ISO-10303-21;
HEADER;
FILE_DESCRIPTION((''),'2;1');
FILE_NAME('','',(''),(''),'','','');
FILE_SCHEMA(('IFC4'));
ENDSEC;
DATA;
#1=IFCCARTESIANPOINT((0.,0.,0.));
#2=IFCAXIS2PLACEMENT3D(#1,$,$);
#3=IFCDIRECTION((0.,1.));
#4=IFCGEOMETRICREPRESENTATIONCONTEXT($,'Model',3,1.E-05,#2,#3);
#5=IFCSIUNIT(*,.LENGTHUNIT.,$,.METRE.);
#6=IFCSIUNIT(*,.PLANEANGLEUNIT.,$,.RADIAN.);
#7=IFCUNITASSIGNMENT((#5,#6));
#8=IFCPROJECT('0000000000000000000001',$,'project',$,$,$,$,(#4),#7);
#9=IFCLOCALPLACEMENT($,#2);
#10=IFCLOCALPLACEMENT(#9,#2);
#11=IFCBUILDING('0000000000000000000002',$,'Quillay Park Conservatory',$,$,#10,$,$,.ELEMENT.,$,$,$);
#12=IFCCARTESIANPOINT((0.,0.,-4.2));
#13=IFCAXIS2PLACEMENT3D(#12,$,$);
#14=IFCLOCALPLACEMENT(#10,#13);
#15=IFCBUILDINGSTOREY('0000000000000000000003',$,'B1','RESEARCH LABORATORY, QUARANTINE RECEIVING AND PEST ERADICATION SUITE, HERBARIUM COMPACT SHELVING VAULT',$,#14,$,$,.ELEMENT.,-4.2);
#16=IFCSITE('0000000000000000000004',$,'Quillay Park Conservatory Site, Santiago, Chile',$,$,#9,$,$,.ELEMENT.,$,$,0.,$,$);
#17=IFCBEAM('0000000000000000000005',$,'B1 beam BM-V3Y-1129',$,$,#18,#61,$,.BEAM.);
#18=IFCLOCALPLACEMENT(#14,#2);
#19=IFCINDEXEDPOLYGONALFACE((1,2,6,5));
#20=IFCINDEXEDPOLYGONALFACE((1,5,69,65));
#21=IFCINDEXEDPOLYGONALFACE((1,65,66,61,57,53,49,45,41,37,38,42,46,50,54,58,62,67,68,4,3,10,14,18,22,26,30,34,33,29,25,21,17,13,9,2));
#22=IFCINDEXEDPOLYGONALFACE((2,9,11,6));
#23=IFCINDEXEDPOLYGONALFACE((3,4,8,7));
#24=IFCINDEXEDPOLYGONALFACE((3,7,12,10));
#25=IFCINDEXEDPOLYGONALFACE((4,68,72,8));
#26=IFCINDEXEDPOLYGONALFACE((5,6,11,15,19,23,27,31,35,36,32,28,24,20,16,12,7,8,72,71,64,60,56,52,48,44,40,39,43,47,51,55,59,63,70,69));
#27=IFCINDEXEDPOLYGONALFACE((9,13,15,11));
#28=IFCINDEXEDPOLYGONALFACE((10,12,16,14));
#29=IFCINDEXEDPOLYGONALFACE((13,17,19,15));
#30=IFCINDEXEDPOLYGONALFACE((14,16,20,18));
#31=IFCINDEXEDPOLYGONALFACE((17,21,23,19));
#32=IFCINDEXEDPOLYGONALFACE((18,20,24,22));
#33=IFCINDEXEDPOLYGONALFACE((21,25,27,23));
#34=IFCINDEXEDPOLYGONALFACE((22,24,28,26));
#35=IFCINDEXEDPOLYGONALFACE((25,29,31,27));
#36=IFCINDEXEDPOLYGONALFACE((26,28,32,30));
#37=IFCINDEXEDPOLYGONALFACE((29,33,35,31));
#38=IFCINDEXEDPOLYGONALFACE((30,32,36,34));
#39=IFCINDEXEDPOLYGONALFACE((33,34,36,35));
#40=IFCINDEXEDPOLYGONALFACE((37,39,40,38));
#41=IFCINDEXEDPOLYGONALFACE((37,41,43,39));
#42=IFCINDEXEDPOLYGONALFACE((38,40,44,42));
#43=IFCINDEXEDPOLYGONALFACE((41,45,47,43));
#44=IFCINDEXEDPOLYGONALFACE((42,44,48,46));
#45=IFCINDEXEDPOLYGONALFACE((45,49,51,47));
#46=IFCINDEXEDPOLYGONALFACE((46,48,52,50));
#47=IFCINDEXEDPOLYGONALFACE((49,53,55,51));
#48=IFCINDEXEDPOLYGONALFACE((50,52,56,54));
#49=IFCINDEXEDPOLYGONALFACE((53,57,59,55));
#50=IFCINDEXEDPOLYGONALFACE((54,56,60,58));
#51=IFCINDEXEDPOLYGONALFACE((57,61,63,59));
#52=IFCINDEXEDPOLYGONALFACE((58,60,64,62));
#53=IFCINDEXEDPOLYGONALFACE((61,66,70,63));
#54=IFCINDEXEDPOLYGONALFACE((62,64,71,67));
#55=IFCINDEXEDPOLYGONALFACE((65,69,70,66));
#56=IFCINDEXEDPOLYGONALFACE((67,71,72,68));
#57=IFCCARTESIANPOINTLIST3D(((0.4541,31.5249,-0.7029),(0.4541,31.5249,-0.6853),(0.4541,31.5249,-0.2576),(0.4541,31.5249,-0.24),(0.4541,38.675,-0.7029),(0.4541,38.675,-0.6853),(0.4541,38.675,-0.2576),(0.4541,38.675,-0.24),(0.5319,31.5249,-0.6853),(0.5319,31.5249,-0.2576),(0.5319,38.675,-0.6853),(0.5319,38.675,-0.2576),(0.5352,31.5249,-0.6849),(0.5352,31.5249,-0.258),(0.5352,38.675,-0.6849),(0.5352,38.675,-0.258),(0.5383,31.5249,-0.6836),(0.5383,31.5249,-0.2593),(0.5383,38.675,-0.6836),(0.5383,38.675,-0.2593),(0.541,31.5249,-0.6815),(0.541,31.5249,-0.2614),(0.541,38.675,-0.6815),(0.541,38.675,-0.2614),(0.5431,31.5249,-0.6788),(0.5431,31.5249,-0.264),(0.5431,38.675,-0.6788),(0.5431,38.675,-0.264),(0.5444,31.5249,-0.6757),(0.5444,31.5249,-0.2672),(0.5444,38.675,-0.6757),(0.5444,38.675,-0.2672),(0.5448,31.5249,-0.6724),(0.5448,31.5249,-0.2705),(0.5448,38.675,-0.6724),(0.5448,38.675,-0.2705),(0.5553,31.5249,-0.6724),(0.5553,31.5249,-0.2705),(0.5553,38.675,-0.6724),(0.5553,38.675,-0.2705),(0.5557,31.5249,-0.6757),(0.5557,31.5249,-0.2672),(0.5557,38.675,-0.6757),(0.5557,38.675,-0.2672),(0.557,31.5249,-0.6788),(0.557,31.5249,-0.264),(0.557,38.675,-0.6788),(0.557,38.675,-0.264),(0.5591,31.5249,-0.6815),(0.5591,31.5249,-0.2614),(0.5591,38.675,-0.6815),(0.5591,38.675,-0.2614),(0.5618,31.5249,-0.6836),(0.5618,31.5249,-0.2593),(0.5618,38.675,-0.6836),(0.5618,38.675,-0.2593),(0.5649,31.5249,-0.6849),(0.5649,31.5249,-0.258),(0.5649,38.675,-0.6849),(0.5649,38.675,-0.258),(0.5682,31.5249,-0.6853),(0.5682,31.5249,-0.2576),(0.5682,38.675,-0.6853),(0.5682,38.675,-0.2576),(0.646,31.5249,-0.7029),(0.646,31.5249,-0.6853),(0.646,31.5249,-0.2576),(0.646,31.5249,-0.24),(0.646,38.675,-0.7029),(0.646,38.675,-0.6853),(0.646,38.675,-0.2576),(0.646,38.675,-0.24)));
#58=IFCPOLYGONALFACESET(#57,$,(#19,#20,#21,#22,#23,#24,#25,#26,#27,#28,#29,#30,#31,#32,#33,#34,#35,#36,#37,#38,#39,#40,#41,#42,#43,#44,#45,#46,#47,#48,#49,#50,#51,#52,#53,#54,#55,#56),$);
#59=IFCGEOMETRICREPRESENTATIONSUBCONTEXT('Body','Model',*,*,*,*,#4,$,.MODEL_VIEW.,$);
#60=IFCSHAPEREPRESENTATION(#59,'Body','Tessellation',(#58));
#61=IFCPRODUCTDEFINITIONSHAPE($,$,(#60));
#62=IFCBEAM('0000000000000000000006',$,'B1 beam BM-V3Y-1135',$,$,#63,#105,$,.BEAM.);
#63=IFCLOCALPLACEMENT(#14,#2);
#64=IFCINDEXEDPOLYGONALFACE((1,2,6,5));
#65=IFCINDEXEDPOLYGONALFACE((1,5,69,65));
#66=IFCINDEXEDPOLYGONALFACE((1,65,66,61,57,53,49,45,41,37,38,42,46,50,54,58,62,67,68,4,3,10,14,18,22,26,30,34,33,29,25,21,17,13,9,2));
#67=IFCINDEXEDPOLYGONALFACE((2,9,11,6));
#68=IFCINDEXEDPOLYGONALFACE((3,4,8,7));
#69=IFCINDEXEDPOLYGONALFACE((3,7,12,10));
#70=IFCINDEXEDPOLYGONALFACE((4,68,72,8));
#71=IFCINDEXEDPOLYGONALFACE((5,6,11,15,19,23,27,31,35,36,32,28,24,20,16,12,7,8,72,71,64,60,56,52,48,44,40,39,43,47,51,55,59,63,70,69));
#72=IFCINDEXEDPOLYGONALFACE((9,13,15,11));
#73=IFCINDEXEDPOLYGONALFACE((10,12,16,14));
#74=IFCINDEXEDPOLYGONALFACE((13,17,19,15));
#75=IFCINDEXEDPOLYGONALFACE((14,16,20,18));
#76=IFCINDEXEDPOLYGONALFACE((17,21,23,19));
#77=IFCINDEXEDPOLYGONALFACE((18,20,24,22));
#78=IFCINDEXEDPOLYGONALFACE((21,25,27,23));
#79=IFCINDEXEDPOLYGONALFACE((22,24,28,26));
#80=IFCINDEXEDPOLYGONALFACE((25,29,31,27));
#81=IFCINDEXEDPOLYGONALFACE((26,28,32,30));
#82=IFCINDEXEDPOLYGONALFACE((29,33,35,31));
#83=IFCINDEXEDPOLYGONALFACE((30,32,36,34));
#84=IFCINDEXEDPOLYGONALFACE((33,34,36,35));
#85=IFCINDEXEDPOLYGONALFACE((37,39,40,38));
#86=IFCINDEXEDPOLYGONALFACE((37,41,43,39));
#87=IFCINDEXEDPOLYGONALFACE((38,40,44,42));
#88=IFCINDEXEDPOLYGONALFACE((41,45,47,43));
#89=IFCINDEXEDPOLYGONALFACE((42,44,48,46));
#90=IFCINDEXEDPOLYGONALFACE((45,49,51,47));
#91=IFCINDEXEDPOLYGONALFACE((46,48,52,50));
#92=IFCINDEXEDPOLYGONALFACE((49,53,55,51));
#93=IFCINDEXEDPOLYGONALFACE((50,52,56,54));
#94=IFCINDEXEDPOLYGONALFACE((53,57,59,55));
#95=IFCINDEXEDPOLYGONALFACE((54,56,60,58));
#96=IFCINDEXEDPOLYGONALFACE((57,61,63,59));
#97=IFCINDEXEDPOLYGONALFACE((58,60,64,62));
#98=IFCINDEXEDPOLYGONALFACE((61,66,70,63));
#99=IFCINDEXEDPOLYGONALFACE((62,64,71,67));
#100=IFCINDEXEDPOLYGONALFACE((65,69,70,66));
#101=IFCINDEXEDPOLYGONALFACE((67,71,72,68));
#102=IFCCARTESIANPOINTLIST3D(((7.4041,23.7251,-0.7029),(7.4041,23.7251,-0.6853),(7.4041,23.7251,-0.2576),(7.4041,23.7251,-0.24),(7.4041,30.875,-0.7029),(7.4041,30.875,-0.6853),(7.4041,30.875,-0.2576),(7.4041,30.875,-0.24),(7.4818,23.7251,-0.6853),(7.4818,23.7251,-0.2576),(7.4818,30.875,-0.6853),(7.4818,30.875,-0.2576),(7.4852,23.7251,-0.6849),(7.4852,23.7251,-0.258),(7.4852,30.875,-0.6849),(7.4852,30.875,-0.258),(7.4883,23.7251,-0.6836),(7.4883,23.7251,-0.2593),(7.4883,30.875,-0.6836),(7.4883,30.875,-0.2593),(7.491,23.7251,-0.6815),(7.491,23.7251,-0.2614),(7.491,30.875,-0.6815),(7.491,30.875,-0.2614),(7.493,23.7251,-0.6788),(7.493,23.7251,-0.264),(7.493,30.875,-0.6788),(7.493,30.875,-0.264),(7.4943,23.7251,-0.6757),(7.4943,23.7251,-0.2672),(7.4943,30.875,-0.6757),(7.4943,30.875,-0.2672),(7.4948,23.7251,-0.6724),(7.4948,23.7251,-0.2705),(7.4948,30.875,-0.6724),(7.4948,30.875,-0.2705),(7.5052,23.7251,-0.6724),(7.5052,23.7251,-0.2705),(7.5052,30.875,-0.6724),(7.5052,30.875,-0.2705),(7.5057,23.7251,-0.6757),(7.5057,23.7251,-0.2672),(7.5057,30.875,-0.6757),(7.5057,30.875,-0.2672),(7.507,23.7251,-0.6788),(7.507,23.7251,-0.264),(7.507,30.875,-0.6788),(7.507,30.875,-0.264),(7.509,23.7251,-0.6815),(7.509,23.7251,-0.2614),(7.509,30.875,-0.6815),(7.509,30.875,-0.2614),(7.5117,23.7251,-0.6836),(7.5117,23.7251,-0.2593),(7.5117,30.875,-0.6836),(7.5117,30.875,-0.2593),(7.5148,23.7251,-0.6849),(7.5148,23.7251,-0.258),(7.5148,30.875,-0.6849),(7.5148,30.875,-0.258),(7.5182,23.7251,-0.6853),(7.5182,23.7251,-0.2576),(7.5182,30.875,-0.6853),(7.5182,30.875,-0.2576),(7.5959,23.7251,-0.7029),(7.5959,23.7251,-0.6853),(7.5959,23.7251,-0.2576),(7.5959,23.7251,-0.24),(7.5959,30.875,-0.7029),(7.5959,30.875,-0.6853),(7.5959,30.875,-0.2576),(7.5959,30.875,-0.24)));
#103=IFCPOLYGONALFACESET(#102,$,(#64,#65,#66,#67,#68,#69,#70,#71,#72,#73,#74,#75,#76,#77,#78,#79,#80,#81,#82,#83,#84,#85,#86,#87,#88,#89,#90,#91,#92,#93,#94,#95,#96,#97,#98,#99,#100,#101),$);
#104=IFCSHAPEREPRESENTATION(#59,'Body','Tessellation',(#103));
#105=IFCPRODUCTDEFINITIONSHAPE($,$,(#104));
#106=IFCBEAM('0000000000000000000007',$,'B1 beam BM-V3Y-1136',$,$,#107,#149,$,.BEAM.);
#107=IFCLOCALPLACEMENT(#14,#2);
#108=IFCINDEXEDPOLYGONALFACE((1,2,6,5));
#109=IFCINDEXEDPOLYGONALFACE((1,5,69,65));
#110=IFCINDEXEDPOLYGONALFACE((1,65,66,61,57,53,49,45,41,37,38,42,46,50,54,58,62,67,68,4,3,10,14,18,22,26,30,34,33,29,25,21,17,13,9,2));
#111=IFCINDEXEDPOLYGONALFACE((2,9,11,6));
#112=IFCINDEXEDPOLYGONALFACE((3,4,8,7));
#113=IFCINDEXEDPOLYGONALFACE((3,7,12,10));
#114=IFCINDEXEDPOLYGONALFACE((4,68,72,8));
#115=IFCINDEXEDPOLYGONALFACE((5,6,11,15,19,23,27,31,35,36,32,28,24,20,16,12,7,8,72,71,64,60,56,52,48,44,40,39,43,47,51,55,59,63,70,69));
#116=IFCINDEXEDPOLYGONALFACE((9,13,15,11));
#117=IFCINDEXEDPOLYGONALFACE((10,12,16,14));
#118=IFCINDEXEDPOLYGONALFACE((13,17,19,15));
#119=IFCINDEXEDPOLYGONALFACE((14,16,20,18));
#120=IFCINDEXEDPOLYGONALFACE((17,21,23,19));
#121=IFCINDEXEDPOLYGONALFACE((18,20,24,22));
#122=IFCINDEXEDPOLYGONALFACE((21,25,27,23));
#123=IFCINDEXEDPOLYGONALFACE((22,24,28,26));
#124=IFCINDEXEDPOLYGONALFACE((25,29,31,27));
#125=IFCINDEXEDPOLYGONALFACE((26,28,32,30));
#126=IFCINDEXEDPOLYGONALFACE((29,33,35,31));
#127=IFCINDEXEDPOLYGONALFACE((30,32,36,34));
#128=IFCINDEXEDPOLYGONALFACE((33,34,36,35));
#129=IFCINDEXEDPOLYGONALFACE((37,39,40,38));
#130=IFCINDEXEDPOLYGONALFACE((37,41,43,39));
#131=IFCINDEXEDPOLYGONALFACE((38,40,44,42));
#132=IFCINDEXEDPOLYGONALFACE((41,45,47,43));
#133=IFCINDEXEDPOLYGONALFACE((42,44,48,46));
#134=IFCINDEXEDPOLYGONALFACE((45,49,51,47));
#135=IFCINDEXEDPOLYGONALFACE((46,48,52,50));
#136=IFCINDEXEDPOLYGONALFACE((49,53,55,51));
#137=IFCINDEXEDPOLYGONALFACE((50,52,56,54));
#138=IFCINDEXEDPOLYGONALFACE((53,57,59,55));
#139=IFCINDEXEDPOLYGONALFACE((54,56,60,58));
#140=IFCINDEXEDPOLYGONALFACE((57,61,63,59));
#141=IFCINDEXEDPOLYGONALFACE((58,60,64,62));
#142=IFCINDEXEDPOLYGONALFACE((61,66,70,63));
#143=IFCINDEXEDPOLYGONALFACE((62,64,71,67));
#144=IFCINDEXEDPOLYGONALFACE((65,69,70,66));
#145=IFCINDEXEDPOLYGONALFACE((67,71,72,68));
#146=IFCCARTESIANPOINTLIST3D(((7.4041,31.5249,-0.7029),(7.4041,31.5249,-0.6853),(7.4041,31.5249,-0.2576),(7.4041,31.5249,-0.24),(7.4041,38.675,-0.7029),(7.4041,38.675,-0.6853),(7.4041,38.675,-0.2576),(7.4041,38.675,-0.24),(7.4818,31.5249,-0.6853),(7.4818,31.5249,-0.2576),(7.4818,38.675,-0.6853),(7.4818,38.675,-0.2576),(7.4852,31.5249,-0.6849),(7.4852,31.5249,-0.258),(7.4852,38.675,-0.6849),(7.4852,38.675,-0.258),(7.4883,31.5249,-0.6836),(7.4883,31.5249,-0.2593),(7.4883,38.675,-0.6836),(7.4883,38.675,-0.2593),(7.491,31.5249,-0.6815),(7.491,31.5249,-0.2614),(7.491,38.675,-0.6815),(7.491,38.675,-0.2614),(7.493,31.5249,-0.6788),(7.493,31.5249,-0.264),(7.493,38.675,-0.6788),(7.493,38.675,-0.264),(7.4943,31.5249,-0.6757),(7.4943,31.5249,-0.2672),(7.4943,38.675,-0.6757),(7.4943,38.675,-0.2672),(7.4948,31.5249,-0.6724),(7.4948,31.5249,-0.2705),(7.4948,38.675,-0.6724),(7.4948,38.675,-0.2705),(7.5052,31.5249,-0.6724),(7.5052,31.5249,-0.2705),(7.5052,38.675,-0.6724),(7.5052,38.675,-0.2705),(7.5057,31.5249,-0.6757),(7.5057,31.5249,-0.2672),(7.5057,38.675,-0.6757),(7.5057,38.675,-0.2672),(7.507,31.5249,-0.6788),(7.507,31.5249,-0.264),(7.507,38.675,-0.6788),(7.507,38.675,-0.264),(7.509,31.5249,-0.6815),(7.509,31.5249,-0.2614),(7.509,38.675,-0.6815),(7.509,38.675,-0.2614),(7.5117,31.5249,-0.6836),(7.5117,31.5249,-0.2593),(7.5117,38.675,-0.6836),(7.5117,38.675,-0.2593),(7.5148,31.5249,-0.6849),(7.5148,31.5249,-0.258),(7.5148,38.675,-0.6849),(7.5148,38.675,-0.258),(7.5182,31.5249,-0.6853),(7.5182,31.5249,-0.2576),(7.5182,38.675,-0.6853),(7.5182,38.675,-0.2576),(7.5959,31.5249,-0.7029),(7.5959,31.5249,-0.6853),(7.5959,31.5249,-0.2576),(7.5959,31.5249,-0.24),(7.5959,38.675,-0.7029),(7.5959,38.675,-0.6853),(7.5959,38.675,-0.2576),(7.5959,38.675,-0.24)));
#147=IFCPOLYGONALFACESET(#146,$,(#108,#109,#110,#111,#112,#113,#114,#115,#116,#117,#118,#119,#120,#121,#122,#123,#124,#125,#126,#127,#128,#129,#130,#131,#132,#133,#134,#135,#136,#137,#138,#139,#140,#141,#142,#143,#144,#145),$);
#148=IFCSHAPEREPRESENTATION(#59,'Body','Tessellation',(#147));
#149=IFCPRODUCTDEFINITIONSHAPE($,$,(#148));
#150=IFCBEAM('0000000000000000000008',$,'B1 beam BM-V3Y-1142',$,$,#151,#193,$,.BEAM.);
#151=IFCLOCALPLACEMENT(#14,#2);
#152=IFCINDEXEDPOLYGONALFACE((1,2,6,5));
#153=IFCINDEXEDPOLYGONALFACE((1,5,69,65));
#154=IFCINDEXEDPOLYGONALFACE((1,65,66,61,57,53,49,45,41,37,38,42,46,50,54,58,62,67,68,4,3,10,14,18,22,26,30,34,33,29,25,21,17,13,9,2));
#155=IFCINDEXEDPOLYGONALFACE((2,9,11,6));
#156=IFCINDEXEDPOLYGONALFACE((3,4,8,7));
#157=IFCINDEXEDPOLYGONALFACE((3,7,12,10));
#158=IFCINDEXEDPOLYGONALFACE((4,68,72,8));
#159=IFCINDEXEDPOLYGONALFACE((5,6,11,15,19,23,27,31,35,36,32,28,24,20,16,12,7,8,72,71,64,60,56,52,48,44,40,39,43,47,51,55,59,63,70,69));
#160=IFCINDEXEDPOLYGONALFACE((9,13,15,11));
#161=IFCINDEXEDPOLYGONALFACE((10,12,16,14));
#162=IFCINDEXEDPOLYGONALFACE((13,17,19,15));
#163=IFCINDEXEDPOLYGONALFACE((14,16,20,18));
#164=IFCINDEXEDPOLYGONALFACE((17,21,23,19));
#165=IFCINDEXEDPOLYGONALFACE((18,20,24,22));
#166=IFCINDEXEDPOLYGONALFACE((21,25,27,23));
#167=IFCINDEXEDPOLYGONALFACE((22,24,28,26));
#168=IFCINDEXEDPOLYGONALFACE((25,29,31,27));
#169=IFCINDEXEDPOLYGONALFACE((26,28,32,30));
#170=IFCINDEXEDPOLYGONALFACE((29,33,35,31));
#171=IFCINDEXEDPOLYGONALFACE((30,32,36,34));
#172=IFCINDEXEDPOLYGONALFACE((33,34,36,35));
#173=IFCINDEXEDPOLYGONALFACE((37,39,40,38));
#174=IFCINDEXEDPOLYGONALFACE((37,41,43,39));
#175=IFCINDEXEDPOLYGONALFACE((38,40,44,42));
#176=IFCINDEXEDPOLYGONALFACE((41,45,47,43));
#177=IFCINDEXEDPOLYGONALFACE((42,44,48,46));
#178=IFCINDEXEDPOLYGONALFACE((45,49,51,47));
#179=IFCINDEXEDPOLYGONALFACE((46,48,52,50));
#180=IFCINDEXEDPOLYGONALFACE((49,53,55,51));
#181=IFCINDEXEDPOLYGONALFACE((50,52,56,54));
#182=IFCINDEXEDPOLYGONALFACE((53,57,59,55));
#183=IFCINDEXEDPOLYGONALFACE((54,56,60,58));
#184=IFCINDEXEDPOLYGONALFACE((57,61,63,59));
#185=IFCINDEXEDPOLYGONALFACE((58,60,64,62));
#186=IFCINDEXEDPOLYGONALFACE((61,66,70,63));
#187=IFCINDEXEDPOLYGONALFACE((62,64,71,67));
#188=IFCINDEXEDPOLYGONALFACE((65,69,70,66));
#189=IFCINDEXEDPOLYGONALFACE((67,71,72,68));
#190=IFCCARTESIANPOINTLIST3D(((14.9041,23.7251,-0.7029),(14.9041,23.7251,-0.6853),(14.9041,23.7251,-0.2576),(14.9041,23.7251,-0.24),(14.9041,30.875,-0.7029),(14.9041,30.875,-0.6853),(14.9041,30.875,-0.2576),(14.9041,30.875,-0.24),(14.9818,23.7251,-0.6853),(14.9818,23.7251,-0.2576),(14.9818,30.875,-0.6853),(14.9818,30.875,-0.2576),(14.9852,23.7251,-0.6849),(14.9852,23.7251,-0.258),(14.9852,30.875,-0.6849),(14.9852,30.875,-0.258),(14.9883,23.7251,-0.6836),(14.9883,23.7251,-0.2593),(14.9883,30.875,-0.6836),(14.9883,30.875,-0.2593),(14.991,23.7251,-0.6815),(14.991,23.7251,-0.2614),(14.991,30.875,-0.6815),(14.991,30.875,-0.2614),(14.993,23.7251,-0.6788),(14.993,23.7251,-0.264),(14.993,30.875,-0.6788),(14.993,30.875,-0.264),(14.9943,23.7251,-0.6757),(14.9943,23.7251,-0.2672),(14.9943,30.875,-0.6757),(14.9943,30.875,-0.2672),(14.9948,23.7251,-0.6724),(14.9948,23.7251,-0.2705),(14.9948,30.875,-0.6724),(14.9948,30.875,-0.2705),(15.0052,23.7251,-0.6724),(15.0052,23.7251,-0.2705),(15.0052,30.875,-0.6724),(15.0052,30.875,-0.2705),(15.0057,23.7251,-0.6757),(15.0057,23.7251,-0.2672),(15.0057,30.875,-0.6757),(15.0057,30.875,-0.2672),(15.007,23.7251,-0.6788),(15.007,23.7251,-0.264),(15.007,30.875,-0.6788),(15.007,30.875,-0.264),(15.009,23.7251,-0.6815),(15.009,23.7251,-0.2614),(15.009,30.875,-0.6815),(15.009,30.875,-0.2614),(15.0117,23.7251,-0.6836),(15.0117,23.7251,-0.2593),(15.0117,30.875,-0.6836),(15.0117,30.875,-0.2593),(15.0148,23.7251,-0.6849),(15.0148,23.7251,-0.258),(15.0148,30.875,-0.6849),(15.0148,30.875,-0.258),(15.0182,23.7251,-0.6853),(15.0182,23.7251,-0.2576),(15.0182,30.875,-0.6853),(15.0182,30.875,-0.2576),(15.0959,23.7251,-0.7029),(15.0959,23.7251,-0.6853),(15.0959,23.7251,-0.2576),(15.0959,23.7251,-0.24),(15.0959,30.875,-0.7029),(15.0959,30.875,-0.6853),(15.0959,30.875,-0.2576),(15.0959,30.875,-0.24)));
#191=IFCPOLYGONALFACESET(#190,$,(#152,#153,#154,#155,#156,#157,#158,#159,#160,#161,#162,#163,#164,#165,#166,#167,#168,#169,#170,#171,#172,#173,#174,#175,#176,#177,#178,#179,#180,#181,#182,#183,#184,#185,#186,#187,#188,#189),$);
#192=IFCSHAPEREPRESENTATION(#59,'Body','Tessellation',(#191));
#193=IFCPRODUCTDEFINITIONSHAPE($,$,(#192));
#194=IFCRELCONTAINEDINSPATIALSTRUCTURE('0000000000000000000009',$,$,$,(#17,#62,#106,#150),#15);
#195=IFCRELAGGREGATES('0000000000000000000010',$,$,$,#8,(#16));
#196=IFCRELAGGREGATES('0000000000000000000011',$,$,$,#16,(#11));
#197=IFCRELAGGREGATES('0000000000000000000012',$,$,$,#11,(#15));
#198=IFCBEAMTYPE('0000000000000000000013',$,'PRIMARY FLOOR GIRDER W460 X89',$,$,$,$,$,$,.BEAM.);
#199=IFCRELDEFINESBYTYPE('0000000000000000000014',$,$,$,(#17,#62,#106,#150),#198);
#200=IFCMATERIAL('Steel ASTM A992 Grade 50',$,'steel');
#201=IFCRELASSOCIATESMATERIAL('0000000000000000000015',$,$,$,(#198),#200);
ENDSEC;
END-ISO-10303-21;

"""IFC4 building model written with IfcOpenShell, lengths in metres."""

from ifc_helpers import new_model, si_unit, direction, frame, origin, origin_2d, place, context, subcontext, project, spatial, i_section, extrude, material, material_profile, profile_set, type_object, element, save


model = new_model("IFC4")

# Units and contexts
model_context = context("Model", 3, precision=1e-05, world=origin(), true_north=direction((0.0, 1.0)))
body_context = subcontext(model_context, "Body", "Model", "MODEL_VIEW")
ifc_project = project(units=[si_unit("LENGTHUNIT", "METRE"), si_unit("PLANEANGLEUNIT", "RADIAN")], contexts=[model_context])

# Site, building, storey
site_placement = place(None, origin())
site = spatial("IfcSite", under=ifc_project, at=site_placement, Name="Quillay Park Conservatory Site, Santiago, Chile", CompositionType="ELEMENT", RefElevation=0.0)
building_placement = place(site_placement, origin())
building = spatial("IfcBuilding", under=site, at=building_placement, Name="Quillay Park Conservatory", CompositionType="ELEMENT")
storey_placement = place(building_placement, frame((0.0, 0.0, -4.2)))
storey = spatial("IfcBuildingStorey", under=building, at=storey_placement, Name="B1", Description="RESEARCH LABORATORY, QUARANTINE RECEIVING AND PEST ERADICATION SUITE, HERBARIUM COMPACT SHELVING VAULT", CompositionType="ELEMENT", Elevation=-4.2)

# Beams
ifc_material_1 = material(Name="Steel ASTM A992 Grade 50", Category="steel")
ifc_material_profile_1 = material_profile(ifc_material_1, i_section(OverallWidth=0.1919, OverallDepth=0.4629, WebThickness=0.0105, FlangeThickness=0.0176, FilletRadius=0.0129, at=origin_2d()), Name="W460x89")
ifc_profile_set_1 = profile_set([ifc_material_profile_1], Name="Steel ASTM A992 Grade 50")
beam_type_1 = type_object("IfcBeamType", Name="PRIMARY FLOOR GIRDER W460 X89", PredefinedType="BEAM", material=ifc_profile_set_1)
beam_1_placement = place(storey_placement, frame((0.55, 31.5249, -0.4714), z_axis=(0.0, 1.0, 0.0), x_axis=(-1.0, 0.0, 0.0)))
element("IfcBeam", 1, at=beam_1_placement, inside=storey, type_object=beam_type_1, Name="B1 beam BM-V3Y-1129", PredefinedType="BEAM", context=body_context, shape_type="SweptSolid", body=[
    extrude(i_section(OverallWidth=0.1919, OverallDepth=0.4629, WebThickness=0.0105, FlangeThickness=0.0176, FilletRadius=0.0129, at=origin_2d()), origin(), (0.0, 0.0, 1.0), 7.1501),
])
beam_2_placement = place(storey_placement, frame((7.5, 23.7251, -0.4714), z_axis=(0.0, 1.0, 0.0), x_axis=(-1.0, 0.0, 0.0)))
element("IfcBeam", 2, at=beam_2_placement, inside=storey, type_object=beam_type_1, Name="B1 beam BM-V3Y-1135", PredefinedType="BEAM", context=body_context, shape_type="SweptSolid", body=[
    extrude(i_section(OverallWidth=0.1919, OverallDepth=0.4629, WebThickness=0.0105, FlangeThickness=0.0176, FilletRadius=0.0129, at=origin_2d()), origin(), (0.0, 0.0, 1.0), 7.1499),
])
beam_3_placement = place(storey_placement, frame((7.5, 31.5249, -0.4714), z_axis=(0.0, 1.0, 0.0), x_axis=(-1.0, 0.0, 0.0)))
element("IfcBeam", 3, at=beam_3_placement, inside=storey, type_object=beam_type_1, Name="B1 beam BM-V3Y-1136", PredefinedType="BEAM", context=body_context, shape_type="SweptSolid", body=[
    extrude(i_section(OverallWidth=0.1919, OverallDepth=0.4629, WebThickness=0.0105, FlangeThickness=0.0176, FilletRadius=0.0129, at=origin_2d()), origin(), (0.0, 0.0, 1.0), 7.1501),
])
beam_4_placement = place(storey_placement, frame((15.0, 23.7251, -0.4714), z_axis=(0.0, 1.0, 0.0), x_axis=(-1.0, 0.0, 0.0)))
element("IfcBeam", 4, at=beam_4_placement, inside=storey, type_object=beam_type_1, Name="B1 beam BM-V3Y-1142", PredefinedType="BEAM", context=body_context, shape_type="SweptSolid", body=[
    extrude(i_section(OverallWidth=0.1919, OverallDepth=0.4629, WebThickness=0.0105, FlangeThickness=0.0176, FilletRadius=0.0129, at=origin_2d()), origin(), (0.0, 0.0, 1.0), 7.1499),
])

save(model, "model.ifc")
